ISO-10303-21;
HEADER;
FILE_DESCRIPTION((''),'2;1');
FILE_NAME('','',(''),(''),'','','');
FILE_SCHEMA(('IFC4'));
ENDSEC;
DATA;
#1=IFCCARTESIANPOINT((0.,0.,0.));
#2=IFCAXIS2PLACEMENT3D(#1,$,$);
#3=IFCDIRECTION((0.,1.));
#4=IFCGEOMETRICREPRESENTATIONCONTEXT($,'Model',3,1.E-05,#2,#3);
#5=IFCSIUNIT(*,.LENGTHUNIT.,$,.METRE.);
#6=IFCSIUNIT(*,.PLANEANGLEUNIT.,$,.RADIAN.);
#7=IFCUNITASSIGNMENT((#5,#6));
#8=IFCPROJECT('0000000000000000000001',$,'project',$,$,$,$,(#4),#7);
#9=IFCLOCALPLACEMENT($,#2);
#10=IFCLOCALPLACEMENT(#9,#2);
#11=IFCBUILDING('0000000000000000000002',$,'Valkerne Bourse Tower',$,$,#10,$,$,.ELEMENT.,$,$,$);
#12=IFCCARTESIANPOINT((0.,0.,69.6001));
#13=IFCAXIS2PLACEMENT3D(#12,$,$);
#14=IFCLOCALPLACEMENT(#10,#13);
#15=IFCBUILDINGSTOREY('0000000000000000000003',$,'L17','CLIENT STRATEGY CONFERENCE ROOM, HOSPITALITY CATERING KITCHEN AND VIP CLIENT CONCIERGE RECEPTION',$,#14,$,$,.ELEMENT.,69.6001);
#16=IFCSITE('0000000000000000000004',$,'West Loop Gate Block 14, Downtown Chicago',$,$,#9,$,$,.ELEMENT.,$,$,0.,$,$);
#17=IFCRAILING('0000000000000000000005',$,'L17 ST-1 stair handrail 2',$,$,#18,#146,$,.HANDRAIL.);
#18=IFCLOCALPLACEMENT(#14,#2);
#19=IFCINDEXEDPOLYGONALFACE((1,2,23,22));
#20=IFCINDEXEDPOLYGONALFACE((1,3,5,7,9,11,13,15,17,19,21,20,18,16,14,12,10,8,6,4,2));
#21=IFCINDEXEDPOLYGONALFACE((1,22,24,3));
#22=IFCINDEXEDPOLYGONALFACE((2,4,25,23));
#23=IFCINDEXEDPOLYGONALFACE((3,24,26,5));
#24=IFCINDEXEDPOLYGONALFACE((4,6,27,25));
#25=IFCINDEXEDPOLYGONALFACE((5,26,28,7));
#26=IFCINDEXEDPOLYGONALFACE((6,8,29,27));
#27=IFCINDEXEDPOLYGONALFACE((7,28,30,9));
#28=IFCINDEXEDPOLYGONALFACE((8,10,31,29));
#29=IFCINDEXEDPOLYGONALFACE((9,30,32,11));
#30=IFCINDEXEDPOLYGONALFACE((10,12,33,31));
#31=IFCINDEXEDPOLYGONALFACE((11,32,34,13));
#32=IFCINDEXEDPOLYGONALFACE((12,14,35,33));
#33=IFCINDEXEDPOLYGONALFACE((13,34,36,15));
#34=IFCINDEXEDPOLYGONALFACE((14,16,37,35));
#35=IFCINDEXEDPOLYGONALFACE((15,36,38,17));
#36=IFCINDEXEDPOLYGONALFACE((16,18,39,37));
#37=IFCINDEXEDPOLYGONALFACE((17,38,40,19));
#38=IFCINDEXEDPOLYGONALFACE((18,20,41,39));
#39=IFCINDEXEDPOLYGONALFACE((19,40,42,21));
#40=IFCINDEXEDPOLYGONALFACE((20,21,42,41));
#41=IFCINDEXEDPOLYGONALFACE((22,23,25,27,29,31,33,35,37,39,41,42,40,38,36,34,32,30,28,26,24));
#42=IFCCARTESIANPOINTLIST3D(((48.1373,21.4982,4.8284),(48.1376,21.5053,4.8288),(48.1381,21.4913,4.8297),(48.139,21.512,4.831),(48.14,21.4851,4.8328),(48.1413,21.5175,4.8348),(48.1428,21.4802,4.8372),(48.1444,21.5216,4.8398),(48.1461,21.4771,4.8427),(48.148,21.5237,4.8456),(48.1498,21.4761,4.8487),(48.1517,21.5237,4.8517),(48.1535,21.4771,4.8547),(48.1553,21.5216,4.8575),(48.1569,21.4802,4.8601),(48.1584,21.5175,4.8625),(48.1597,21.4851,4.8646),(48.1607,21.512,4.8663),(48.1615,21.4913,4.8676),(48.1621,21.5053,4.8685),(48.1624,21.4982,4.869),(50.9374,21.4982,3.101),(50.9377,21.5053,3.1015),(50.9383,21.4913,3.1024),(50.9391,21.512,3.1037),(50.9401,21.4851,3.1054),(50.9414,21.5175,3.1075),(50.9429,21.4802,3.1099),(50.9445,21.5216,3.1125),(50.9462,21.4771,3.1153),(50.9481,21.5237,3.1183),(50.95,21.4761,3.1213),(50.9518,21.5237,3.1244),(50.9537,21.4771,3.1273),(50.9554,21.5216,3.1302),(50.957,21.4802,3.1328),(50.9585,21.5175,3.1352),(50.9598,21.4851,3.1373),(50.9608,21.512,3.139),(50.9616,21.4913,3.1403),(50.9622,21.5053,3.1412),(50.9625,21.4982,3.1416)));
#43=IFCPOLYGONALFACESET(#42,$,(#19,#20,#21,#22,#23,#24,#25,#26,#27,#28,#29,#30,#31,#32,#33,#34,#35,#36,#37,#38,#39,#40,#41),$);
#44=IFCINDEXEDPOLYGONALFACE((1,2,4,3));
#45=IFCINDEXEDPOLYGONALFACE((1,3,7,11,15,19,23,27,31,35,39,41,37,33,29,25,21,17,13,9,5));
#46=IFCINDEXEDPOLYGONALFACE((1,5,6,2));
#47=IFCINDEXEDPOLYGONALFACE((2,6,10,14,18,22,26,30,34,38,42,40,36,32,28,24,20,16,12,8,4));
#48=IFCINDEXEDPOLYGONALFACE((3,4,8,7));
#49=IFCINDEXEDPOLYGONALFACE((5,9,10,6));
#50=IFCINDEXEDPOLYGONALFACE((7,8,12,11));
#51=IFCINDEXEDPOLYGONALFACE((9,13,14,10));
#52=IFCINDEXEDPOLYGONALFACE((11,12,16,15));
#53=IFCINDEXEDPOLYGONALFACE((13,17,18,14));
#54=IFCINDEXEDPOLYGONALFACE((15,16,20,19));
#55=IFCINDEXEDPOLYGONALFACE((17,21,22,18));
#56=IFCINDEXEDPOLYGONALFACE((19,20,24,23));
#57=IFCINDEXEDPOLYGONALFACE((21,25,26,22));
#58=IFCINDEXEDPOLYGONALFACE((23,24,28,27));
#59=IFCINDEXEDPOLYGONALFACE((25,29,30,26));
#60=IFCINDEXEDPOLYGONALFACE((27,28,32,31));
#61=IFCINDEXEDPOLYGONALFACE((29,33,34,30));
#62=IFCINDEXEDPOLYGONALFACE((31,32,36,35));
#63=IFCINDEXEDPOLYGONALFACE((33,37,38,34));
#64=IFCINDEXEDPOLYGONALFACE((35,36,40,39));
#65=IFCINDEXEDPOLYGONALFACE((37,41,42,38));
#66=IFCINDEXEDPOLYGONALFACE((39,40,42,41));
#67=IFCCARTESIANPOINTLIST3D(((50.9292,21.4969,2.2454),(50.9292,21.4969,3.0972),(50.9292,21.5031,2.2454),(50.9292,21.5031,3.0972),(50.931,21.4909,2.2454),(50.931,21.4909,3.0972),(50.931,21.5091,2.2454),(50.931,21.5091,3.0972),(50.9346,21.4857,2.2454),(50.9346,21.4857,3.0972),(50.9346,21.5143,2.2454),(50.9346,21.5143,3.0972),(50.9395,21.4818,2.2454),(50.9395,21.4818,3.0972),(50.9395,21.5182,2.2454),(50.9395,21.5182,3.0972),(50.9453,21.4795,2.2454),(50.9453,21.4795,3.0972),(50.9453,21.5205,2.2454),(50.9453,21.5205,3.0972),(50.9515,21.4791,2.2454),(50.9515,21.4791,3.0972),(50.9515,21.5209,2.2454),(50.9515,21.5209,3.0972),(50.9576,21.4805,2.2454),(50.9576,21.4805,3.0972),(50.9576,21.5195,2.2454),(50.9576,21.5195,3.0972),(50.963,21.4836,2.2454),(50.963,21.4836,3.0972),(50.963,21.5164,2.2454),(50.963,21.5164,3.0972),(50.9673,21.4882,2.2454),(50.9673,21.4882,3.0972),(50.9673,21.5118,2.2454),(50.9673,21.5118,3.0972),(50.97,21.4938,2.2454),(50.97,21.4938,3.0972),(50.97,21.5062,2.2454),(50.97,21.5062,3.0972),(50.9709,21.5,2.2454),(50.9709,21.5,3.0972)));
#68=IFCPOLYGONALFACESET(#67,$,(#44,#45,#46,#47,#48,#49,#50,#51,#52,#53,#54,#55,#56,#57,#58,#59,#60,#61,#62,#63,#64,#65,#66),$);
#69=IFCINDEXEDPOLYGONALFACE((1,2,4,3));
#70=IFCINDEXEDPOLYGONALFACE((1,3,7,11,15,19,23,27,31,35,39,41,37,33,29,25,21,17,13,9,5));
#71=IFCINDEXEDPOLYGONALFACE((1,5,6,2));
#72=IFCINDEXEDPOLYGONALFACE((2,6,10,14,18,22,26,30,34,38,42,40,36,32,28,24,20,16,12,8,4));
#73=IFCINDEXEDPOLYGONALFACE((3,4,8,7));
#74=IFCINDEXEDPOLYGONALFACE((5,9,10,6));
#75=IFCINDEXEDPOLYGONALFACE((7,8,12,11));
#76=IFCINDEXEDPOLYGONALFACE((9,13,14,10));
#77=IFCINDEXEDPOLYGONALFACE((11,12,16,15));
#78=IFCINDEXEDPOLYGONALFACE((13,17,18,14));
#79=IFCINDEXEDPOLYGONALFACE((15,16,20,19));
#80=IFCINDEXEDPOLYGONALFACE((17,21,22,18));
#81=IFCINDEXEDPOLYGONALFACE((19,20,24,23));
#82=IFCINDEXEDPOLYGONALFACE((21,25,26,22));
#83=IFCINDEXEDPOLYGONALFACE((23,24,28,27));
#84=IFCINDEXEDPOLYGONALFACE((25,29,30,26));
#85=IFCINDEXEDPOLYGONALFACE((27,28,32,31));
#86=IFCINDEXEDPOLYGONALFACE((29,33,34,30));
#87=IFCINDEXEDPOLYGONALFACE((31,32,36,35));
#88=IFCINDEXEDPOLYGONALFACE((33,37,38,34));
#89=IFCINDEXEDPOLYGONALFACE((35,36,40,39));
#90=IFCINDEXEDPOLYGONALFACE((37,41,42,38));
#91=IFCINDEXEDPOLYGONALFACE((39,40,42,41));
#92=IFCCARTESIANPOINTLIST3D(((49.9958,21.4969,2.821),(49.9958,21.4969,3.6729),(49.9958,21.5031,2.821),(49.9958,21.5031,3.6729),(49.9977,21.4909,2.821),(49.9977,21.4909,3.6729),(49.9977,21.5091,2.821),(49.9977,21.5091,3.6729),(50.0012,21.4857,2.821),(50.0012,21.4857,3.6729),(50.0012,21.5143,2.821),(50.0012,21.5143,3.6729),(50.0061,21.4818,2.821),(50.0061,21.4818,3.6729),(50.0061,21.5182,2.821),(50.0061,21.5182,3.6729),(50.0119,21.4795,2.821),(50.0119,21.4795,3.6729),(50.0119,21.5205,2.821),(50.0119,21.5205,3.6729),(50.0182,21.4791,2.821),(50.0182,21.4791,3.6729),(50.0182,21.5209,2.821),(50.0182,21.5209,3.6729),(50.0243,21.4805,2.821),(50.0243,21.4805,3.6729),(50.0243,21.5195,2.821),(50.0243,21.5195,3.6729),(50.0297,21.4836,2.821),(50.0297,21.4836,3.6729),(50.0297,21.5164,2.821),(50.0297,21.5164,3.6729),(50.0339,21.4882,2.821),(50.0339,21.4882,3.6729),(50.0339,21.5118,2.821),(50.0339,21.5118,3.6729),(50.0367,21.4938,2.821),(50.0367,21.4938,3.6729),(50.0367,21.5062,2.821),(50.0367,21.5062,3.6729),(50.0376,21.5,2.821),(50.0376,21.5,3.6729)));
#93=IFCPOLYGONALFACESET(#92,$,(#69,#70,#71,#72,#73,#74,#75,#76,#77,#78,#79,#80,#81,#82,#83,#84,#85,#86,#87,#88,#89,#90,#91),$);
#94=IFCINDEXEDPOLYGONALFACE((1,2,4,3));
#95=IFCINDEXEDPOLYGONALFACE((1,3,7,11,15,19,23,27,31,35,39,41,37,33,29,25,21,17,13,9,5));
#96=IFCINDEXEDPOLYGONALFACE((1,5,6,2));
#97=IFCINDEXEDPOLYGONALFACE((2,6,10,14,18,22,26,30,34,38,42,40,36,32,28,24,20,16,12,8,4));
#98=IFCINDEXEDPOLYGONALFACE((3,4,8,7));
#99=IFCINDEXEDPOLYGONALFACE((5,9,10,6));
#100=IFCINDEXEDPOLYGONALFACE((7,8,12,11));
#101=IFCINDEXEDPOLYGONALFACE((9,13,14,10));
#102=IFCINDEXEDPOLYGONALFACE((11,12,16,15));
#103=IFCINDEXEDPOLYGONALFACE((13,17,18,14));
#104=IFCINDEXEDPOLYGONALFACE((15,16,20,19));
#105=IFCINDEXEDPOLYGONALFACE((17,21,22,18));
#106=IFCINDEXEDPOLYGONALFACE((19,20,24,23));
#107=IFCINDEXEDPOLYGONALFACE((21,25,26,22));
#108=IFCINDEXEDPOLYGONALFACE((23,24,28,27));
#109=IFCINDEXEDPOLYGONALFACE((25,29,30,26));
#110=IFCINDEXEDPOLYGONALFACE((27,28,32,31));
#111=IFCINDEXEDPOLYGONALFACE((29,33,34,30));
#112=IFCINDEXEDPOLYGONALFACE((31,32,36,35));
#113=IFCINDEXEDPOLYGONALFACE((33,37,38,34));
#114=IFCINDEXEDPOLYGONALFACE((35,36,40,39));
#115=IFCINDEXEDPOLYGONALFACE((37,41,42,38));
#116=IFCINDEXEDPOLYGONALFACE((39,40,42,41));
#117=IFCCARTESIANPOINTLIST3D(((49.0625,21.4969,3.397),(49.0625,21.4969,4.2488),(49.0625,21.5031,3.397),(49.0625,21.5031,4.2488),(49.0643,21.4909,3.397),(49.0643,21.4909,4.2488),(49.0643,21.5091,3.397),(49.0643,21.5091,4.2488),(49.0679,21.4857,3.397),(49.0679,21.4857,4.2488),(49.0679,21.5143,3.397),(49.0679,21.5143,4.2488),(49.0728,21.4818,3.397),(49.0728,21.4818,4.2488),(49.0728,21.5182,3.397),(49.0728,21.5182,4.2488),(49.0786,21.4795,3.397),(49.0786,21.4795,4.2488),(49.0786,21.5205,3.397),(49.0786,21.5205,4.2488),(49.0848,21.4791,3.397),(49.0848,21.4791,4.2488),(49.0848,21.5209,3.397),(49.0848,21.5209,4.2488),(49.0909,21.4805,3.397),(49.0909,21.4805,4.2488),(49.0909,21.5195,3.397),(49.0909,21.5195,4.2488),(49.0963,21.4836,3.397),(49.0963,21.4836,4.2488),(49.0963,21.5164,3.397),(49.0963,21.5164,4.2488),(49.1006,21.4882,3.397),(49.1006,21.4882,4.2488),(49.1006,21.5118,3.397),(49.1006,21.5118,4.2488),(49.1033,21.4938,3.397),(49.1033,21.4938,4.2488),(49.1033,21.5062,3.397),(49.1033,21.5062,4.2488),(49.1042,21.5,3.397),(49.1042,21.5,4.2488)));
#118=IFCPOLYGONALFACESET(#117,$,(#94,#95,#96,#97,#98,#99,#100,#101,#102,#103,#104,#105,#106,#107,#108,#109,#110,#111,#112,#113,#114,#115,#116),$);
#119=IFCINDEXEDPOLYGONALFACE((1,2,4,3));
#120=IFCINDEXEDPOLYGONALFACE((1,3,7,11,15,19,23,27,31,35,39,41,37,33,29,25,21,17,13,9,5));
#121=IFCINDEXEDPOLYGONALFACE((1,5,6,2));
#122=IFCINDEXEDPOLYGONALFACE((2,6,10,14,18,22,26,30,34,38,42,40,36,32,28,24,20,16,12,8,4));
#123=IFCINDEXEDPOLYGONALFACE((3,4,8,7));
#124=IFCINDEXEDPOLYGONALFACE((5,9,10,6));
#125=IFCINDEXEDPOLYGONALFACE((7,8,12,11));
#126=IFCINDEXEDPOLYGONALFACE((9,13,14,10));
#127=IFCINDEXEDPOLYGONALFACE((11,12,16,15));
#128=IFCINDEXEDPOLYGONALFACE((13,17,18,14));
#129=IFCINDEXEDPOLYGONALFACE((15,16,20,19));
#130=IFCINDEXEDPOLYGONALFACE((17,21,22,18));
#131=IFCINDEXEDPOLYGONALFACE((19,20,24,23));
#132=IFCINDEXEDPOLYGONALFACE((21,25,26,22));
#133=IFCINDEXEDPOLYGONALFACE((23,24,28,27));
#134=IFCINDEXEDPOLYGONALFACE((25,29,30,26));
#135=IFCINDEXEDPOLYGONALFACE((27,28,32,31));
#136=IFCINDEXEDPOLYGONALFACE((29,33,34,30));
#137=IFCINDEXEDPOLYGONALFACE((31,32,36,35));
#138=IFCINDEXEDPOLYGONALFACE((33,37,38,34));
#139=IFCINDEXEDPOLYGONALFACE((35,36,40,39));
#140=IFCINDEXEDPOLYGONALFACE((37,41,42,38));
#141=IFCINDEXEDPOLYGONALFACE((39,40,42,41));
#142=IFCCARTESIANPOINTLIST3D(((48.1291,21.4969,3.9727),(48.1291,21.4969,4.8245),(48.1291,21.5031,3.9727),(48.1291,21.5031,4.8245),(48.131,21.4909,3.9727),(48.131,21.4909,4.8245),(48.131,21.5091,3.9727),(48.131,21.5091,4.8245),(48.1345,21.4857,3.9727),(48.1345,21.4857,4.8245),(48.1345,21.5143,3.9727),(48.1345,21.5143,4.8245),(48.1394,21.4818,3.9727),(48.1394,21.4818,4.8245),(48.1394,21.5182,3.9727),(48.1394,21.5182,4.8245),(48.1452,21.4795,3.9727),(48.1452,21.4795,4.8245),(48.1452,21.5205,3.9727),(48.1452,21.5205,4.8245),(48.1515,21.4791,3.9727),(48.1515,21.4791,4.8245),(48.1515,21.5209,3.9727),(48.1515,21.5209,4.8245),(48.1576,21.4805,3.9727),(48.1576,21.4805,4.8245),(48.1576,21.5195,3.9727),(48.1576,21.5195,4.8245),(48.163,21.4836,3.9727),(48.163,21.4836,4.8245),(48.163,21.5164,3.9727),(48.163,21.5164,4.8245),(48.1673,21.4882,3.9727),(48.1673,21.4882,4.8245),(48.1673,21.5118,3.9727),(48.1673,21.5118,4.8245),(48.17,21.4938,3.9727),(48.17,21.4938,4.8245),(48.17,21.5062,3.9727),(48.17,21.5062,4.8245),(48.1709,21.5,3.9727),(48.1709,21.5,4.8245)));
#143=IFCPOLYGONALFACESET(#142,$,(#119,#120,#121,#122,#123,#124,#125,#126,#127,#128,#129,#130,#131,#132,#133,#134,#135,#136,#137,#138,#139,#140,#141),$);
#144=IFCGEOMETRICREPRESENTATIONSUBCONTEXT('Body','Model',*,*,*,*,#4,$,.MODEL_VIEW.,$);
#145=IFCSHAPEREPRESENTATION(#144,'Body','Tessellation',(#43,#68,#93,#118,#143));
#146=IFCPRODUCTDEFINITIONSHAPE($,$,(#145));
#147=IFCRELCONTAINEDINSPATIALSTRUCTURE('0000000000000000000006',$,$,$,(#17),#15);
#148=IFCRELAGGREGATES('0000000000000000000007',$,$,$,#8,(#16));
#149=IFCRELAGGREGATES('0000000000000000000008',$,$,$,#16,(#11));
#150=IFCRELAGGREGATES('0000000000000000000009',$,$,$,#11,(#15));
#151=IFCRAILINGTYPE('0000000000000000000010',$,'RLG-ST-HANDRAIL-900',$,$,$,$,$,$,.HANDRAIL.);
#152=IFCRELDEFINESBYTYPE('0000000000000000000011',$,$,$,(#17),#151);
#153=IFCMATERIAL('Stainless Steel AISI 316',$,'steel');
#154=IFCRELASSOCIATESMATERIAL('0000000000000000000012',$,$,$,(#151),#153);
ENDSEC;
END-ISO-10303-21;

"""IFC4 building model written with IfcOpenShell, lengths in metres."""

from ifc_helpers import new_model, si_unit, direction, frame, origin, origin_2d, place, context, subcontext, project, spatial, circle, extrude, material, type_object, element, save


model = new_model("IFC4")

# Units and contexts
model_context = context("Model", 3, precision=1e-05, world=origin(), true_north=direction((0.0, 1.0)))
body_context = subcontext(model_context, "Body", "Model", "MODEL_VIEW")
ifc_project = project(units=[si_unit("LENGTHUNIT", "METRE"), si_unit("PLANEANGLEUNIT", "RADIAN")], contexts=[model_context])

# Site, building, storey
site_placement = place(None, origin())
site = spatial("IfcSite", under=ifc_project, at=site_placement, Name="West Loop Gate Block 14, Downtown Chicago", CompositionType="ELEMENT", RefElevation=0.0)
building_placement = place(site_placement, origin())
building = spatial("IfcBuilding", under=site, at=building_placement, Name="Valkerne Bourse Tower", CompositionType="ELEMENT")
storey_placement = place(building_placement, frame((0.0, 0.0, 69.6001)))
storey = spatial("IfcBuildingStorey", under=building, at=storey_placement, Name="L17", Description="CLIENT STRATEGY CONFERENCE ROOM, HOSPITALITY CATERING KITCHEN AND VIP CLIENT CONCIERGE RECEPTION", CompositionType="ELEMENT", Elevation=69.6001)

# Shared definitions
ifc_material_1 = material(Name="Stainless Steel AISI 316", Category="steel")

# Railing
railing_type_1 = type_object("IfcRailingType", Name="RLG-ST-HANDRAIL-900", PredefinedType="HANDRAIL", material=ifc_material_1)
railing_1_placement = place(storey_placement, frame((50.95, 21.5, 2.2454)))
element("IfcRailing", 1, at=railing_1_placement, inside=storey, type_object=railing_type_1, Name="L17 ST-1 stair handrail 2", PredefinedType="HANDRAIL", context=body_context, shape_type="SweptSolid", body=[
    extrude(circle(Radius=0.0239, at=origin_2d()), frame((0.0, 0.0, 0.876), z_axis=(-0.85109, 0.0, 0.52502), x_axis=(0.0, -1.0, 0.0)), (0.0, 0.0, 1.0), 3.29),
    extrude(circle(Radius=0.021, at=origin_2d()), origin(), (0.0, 0.0, 1.0), 0.8518),
    extrude(circle(Radius=0.021, at=origin_2d()), frame((-0.9333, 0.0, 0.5757)), (0.0, 0.0, 1.0), 0.8518),
    extrude(circle(Radius=0.021, at=origin_2d()), frame((-1.8667, 0.0, 1.1516)), (0.0, 0.0, 1.0), 0.8518),
    extrude(circle(Radius=0.021, at=origin_2d()), frame((-2.8, 0.0, 1.7273)), (0.0, 0.0, 1.0), 0.8518),
])

save(model, "model.ifc")
